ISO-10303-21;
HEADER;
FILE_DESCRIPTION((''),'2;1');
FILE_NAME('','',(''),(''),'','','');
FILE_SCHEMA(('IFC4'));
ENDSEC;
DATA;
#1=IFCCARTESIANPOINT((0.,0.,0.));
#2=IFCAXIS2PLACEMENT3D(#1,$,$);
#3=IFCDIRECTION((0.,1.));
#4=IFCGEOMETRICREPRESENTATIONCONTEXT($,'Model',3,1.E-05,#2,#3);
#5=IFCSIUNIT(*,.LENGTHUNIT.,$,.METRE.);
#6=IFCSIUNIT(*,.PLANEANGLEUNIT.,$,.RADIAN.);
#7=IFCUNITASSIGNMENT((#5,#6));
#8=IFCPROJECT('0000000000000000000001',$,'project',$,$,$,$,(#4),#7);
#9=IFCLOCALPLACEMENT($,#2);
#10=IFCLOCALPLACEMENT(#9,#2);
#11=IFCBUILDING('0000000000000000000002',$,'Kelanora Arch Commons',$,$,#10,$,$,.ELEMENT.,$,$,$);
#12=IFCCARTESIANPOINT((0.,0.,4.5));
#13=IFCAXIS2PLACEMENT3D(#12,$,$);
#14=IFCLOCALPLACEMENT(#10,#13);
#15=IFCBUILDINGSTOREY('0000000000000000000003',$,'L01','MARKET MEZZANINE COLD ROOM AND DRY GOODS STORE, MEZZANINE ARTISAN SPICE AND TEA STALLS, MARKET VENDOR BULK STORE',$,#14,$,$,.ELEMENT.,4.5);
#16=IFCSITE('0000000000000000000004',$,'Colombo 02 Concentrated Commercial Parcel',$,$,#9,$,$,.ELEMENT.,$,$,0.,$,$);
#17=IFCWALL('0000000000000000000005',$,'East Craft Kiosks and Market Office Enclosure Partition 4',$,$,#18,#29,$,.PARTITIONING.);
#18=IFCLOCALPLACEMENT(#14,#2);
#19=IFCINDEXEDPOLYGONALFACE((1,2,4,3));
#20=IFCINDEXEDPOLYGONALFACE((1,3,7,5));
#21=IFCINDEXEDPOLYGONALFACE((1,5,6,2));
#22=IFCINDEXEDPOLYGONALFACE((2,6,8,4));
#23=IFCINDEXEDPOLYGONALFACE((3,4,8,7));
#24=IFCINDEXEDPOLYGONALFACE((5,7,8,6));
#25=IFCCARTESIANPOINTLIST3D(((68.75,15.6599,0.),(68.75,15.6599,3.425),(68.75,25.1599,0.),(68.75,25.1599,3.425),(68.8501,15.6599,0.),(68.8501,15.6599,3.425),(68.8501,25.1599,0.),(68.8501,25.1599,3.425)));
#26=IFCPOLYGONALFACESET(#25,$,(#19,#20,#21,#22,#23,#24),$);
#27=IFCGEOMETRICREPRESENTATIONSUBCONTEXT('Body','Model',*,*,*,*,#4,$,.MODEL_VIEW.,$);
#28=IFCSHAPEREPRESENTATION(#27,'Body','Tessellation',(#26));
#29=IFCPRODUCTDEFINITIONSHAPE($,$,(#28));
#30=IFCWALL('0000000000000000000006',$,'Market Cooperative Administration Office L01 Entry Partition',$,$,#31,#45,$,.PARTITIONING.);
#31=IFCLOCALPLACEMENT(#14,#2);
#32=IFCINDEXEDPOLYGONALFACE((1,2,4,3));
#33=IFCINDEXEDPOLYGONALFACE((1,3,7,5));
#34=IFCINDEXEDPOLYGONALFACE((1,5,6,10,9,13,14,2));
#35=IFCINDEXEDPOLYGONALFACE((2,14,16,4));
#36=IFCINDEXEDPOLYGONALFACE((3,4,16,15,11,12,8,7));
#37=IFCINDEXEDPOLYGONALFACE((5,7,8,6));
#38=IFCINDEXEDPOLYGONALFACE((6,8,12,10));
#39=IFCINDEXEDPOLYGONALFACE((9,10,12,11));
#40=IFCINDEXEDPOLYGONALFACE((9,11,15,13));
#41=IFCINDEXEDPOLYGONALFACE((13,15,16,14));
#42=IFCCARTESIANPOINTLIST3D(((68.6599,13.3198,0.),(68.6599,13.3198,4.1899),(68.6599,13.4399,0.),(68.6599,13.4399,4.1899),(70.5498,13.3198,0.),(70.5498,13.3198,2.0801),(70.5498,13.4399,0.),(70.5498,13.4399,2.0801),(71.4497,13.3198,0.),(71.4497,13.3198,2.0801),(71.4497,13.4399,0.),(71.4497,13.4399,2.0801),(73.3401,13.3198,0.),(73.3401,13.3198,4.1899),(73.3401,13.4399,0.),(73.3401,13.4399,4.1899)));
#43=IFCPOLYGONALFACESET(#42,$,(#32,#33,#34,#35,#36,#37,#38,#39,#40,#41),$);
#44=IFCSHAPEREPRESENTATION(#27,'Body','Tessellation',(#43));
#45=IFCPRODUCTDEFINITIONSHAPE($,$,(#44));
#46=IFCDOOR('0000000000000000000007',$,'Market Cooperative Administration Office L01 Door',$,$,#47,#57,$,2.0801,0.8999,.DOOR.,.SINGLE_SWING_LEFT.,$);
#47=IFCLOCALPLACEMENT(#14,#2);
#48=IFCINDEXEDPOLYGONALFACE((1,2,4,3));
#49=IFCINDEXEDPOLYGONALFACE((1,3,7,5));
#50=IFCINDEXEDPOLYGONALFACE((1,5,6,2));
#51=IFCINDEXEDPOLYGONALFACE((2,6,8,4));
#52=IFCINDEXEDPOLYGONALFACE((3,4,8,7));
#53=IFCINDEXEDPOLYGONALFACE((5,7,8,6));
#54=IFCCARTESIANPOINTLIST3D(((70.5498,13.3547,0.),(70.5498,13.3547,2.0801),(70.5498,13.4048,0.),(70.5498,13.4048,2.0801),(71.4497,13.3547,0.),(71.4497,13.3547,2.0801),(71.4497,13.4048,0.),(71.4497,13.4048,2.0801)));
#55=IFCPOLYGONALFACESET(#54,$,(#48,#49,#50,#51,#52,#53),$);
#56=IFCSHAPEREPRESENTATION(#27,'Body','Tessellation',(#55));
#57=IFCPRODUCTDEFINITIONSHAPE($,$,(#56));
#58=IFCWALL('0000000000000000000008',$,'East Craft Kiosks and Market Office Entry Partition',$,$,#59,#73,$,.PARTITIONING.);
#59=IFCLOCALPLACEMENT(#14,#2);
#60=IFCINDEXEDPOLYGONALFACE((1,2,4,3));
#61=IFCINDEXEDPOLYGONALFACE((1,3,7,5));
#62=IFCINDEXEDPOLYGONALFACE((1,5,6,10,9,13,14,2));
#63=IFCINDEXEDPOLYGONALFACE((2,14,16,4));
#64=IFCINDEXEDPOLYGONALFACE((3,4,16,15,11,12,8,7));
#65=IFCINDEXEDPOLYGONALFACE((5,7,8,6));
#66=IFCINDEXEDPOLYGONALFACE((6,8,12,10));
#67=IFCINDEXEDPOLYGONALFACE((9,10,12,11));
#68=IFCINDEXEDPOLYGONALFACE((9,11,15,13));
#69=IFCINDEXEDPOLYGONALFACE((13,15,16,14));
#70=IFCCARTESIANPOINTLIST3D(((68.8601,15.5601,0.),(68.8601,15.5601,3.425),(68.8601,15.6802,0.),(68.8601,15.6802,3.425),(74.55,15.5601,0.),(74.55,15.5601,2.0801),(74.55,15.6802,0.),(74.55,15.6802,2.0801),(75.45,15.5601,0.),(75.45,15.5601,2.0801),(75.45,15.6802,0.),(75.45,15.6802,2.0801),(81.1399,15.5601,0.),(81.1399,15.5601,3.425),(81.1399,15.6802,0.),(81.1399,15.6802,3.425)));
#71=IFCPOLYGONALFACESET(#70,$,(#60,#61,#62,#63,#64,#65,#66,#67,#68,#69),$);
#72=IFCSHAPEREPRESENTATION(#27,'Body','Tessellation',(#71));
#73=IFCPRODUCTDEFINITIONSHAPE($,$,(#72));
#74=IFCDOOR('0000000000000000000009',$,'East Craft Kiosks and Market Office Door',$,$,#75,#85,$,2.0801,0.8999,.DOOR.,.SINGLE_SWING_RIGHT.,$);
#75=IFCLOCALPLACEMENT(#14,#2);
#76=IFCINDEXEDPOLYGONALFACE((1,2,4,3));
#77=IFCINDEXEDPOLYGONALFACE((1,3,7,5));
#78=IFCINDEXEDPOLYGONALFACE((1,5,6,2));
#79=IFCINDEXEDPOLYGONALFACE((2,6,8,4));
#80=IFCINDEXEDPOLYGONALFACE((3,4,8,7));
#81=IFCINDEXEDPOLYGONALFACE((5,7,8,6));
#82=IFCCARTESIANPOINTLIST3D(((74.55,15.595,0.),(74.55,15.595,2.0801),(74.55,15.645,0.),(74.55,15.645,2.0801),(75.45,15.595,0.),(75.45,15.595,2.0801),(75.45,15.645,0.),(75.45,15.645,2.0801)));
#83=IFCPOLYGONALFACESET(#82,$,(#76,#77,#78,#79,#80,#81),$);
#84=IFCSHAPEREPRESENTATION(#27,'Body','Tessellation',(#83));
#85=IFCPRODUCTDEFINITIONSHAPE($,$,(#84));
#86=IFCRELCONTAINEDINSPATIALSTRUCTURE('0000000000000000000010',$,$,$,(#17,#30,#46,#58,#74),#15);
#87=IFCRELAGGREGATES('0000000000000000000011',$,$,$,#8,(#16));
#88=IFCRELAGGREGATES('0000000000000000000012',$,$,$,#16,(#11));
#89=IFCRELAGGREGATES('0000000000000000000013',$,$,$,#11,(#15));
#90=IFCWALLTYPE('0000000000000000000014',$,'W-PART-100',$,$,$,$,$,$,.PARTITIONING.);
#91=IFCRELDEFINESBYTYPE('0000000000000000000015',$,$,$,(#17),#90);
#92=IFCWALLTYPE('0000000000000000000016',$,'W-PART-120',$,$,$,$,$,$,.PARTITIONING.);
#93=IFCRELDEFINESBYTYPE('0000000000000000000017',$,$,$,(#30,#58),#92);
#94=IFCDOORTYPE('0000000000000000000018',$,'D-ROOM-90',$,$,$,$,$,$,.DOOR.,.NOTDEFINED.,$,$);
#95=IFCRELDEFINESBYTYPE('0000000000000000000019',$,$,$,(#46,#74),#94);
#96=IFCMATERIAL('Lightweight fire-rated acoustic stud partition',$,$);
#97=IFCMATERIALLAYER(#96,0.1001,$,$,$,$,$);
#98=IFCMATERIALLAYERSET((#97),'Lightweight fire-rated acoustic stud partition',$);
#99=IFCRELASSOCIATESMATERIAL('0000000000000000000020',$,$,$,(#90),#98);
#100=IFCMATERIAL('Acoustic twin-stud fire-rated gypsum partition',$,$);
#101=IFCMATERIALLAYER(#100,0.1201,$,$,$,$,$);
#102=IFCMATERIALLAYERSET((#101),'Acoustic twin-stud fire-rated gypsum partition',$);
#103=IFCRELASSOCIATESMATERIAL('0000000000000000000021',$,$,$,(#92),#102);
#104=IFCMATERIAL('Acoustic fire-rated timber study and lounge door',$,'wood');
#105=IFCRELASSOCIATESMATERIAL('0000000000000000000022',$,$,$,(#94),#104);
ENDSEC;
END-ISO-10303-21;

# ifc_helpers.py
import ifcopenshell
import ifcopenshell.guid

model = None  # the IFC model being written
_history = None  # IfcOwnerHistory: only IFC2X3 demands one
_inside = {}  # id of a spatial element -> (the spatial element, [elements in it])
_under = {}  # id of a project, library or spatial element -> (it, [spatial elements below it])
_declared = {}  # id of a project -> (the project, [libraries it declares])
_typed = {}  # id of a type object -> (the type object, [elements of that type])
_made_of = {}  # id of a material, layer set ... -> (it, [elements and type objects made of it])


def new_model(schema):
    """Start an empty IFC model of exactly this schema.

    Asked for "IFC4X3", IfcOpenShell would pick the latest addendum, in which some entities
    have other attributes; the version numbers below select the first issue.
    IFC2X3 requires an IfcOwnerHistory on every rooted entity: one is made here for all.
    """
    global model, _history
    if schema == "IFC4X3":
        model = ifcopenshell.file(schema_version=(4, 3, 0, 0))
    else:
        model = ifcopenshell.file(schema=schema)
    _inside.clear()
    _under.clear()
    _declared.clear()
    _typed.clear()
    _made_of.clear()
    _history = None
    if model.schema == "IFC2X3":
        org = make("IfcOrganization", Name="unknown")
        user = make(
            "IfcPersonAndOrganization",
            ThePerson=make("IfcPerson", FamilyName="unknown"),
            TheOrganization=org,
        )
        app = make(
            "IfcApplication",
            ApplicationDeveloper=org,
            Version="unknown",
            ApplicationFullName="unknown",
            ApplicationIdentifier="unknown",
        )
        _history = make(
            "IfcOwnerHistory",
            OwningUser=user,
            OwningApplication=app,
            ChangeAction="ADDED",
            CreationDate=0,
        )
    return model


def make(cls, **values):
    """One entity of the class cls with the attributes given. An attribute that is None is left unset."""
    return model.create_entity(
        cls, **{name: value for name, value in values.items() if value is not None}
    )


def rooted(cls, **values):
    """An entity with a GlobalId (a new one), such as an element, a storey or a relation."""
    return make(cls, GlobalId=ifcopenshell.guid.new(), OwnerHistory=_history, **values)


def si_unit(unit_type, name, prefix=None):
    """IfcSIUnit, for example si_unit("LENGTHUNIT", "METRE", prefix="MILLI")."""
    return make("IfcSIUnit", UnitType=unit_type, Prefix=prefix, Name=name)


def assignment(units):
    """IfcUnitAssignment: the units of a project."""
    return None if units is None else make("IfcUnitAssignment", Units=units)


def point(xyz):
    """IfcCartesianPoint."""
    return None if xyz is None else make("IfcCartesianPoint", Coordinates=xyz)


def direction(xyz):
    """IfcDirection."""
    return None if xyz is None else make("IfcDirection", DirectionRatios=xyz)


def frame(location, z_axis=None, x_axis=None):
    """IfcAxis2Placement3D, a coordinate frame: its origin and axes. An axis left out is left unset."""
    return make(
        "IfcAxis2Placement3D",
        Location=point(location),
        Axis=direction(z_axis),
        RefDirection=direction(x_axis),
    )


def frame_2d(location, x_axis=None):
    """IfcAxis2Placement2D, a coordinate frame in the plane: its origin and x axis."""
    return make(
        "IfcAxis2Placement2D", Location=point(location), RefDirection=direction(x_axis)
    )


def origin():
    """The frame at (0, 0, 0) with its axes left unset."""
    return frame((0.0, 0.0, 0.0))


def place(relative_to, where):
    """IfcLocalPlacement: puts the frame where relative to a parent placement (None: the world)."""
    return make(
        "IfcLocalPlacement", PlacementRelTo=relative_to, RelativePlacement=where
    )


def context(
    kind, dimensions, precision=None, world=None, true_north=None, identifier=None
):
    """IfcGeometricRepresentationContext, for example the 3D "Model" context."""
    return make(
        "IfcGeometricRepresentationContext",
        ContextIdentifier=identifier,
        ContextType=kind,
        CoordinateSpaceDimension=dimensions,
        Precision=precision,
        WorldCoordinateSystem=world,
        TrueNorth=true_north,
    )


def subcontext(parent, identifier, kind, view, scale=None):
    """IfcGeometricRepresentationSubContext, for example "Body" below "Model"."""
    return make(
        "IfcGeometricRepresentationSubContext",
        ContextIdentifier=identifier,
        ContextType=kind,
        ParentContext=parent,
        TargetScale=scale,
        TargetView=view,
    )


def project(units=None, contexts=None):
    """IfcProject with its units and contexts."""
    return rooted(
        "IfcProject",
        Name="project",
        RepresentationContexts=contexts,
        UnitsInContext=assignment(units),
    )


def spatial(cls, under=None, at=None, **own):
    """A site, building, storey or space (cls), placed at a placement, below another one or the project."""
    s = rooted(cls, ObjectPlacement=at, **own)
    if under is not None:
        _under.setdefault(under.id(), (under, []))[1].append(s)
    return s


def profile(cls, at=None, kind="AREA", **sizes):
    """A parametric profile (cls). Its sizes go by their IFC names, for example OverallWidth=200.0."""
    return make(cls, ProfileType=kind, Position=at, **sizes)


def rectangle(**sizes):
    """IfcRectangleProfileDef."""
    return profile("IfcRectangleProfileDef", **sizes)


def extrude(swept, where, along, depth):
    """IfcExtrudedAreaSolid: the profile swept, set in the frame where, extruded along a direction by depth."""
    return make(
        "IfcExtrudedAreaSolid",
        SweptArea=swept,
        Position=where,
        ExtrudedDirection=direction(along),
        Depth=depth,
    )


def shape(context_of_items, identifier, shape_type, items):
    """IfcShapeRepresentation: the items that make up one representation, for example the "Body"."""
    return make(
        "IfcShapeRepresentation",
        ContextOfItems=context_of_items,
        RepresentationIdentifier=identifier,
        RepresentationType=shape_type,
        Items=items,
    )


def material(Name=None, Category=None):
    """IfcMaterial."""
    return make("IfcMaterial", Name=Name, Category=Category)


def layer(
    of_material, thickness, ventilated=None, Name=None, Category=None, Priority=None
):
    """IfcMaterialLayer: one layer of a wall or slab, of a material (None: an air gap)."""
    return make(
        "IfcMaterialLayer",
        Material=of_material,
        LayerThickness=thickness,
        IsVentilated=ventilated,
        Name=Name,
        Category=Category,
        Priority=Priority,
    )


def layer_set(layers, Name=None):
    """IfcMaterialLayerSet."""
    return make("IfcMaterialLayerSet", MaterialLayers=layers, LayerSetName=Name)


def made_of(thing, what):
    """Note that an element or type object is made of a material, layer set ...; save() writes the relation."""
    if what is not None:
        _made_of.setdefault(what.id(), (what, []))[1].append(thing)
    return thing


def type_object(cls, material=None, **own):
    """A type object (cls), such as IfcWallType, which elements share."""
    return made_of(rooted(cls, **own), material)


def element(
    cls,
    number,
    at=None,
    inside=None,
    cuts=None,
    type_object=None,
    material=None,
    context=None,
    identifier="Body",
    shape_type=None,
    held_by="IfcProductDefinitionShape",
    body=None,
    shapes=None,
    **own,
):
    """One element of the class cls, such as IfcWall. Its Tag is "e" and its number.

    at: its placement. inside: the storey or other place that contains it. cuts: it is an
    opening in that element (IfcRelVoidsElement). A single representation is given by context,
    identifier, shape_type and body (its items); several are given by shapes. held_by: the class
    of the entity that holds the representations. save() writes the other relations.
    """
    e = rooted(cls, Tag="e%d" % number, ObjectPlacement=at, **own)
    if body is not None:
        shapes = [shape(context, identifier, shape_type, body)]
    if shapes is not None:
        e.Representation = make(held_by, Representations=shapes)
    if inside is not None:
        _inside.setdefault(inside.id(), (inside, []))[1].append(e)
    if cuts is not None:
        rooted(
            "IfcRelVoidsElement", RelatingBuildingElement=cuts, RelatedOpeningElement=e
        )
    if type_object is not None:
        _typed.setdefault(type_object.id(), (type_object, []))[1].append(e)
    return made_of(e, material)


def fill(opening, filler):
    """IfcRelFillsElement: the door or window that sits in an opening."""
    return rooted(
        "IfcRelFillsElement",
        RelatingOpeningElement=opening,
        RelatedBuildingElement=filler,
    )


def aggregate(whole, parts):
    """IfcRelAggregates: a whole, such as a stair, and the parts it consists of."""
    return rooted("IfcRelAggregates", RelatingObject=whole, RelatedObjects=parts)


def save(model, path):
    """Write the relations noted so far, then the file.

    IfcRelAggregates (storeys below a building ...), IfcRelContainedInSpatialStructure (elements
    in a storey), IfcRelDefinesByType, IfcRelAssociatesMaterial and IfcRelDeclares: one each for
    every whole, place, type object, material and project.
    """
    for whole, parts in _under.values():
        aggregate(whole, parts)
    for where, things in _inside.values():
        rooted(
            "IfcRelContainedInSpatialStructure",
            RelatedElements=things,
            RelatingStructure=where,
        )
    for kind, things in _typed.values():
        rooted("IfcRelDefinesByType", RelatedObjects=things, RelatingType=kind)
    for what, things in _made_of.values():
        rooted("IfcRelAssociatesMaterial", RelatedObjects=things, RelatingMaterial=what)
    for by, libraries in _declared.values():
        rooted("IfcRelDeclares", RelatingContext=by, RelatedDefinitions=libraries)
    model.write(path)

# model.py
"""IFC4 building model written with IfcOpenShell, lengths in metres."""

from ifc_helpers import new_model, si_unit, direction, frame, frame_2d, origin, place, context, subcontext, project, spatial, rectangle, extrude, material, layer, layer_set, type_object, element, fill, save


model = new_model("IFC4")

# Units and contexts
model_context = context("Model", 3, precision=1e-05, world=origin(), true_north=direction((0.0, 1.0)))
body_context = subcontext(model_context, "Body", "Model", "MODEL_VIEW")
ifc_project = project(units=[si_unit("LENGTHUNIT", "METRE"), si_unit("PLANEANGLEUNIT", "RADIAN")], contexts=[model_context])

# Site, building, storey
site_placement = place(None, origin())
site = spatial("IfcSite", under=ifc_project, at=site_placement, Name="Colombo 02 Concentrated Commercial Parcel", CompositionType="ELEMENT", RefElevation=0.0)
building_placement = place(site_placement, origin())
building = spatial("IfcBuilding", under=site, at=building_placement, Name="Kelanora Arch Commons", CompositionType="ELEMENT")
storey_placement = place(building_placement, frame((0.0, 0.0, 4.5)))
storey = spatial("IfcBuildingStorey", under=building, at=storey_placement, Name="L01", Description="MARKET MEZZANINE COLD ROOM AND DRY GOODS STORE, MEZZANINE ARTISAN SPICE AND TEA STALLS, MARKET VENDOR BULK STORE", CompositionType="ELEMENT", Elevation=4.5)

# Wall
ifc_material_1 = material(Name="Lightweight fire-rated acoustic stud partition")
ifc_layer_1 = layer(ifc_material_1, 0.1001)
ifc_layer_set_1 = layer_set([ifc_layer_1], Name="Lightweight fire-rated acoustic stud partition")
wall_type_1 = type_object("IfcWallType", Name="W-PART-100", PredefinedType="PARTITIONING", material=ifc_layer_set_1)
wall_1_placement = place(storey_placement, frame((68.8, 25.1599, 0.0), z_axis=(0.0, 0.0, 1.0), x_axis=(0.0, -1.0, 0.0)))
element("IfcWall", 1, at=wall_1_placement, inside=storey, type_object=wall_type_1, Name="East Craft Kiosks and Market Office Enclosure Partition 4", PredefinedType="PARTITIONING", context=body_context, shape_type="SweptSolid", body=[
    extrude(rectangle(XDim=9.5, YDim=0.1001, at=frame_2d((4.75, 0.0))), origin(), (0.0, 0.0, 1.0), 3.425),
])

# Walls, openings, doors
ifc_material_2 = material(Name="Acoustic twin-stud fire-rated gypsum partition")
ifc_layer_2 = layer(ifc_material_2, 0.1201)
ifc_layer_set_2 = layer_set([ifc_layer_2], Name="Acoustic twin-stud fire-rated gypsum partition")
wall_type_2 = type_object("IfcWallType", Name="W-PART-120", PredefinedType="PARTITIONING", material=ifc_layer_set_2)
wall_2_placement = place(storey_placement, frame((68.6599, 13.3799, 0.0), z_axis=(0.0, 0.0, 1.0), x_axis=(1.0, 0.0, 0.0)))
wall_2 = element("IfcWall", 2, at=wall_2_placement, inside=storey, type_object=wall_type_2, Name="Market Cooperative Administration Office L01 Entry Partition", PredefinedType="PARTITIONING", context=body_context, shape_type="SweptSolid", body=[
    extrude(rectangle(XDim=4.6802, YDim=0.1201, at=frame_2d((2.3401, 0.0))), origin(), (0.0, 0.0, 1.0), 4.1899),
])
opening_1_placement = place(wall_2_placement, frame((1.8899, 0.0, 0.0)))
opening_1 = element("IfcOpeningElement", 3, at=opening_1_placement, cuts=wall_2, PredefinedType="OPENING", context=body_context, shape_type="SweptSolid", body=[
    extrude(rectangle(XDim=0.8999, YDim=2.0801, at=frame_2d((0.45, 1.04))), frame((0.0, 0.0701, 0.0), z_axis=(0.0, -1.0, 0.0), x_axis=(1.0, 0.0, 0.0)), (0.0, 0.0, 1.0), 0.1401),
])
ifc_material_3 = material(Name="Acoustic fire-rated timber study and lounge door", Category="wood")
door_type = type_object("IfcDoorType", Name="D-ROOM-90", OperationType="NOTDEFINED", PredefinedType="DOOR", material=ifc_material_3)
door_1_placement = place(opening_1_placement, origin())
door_1 = element("IfcDoor", 4, at=door_1_placement, inside=storey, type_object=door_type, Name="Market Cooperative Administration Office L01 Door", OperationType="SINGLE_SWING_LEFT", OverallHeight=2.0801, OverallWidth=0.8999, PredefinedType="DOOR", context=body_context, shape_type="SweptSolid", body=[
    extrude(rectangle(XDim=0.8999, YDim=2.0801, at=frame_2d((0.45, 1.04))), frame((0.0, 0.0249, 0.0), z_axis=(0.0, -1.0, 0.0), x_axis=(1.0, 0.0, 0.0)), (0.0, 0.0, 1.0), 0.05),
])
fill(opening_1, door_1)
wall_3_placement = place(storey_placement, frame((68.8601, 15.6201, 0.0), z_axis=(0.0, 0.0, 1.0), x_axis=(1.0, 0.0, 0.0)))
wall_3 = element("IfcWall", 5, at=wall_3_placement, inside=storey, type_object=wall_type_2, Name="East Craft Kiosks and Market Office Entry Partition", PredefinedType="PARTITIONING", context=body_context, shape_type="SweptSolid", body=[
    extrude(rectangle(XDim=12.2798, YDim=0.1201, at=frame_2d((6.1399, 0.0))), origin(), (0.0, 0.0, 1.0), 3.425),
])
opening_2_placement = place(wall_3_placement, frame((5.6899, 0.0, 0.0)))
opening_2 = element("IfcOpeningElement", 6, at=opening_2_placement, cuts=wall_3, PredefinedType="OPENING", context=body_context, shape_type="SweptSolid", body=[
    extrude(rectangle(XDim=0.8999, YDim=2.0801, at=frame_2d((0.45, 1.04))), frame((0.0, 0.0701, 0.0), z_axis=(0.0, -1.0, 0.0), x_axis=(1.0, 0.0, 0.0)), (0.0, 0.0, 1.0), 0.1401),
])
door_2_placement = place(opening_2_placement, origin())
door_2 = element("IfcDoor", 7, at=door_2_placement, inside=storey, type_object=door_type, Name="East Craft Kiosks and Market Office Door", OperationType="SINGLE_SWING_RIGHT", OverallHeight=2.0801, OverallWidth=0.8999, PredefinedType="DOOR", context=body_context, shape_type="SweptSolid", body=[
    extrude(rectangle(XDim=0.8999, YDim=2.0801, at=frame_2d((0.45, 1.04))), frame((0.0, 0.0249, 0.0), z_axis=(0.0, -1.0, 0.0), x_axis=(1.0, 0.0, 0.0)), (0.0, 0.0, 1.0), 0.05),
])
fill(opening_2, door_2)

save(model, "model.ifc")
